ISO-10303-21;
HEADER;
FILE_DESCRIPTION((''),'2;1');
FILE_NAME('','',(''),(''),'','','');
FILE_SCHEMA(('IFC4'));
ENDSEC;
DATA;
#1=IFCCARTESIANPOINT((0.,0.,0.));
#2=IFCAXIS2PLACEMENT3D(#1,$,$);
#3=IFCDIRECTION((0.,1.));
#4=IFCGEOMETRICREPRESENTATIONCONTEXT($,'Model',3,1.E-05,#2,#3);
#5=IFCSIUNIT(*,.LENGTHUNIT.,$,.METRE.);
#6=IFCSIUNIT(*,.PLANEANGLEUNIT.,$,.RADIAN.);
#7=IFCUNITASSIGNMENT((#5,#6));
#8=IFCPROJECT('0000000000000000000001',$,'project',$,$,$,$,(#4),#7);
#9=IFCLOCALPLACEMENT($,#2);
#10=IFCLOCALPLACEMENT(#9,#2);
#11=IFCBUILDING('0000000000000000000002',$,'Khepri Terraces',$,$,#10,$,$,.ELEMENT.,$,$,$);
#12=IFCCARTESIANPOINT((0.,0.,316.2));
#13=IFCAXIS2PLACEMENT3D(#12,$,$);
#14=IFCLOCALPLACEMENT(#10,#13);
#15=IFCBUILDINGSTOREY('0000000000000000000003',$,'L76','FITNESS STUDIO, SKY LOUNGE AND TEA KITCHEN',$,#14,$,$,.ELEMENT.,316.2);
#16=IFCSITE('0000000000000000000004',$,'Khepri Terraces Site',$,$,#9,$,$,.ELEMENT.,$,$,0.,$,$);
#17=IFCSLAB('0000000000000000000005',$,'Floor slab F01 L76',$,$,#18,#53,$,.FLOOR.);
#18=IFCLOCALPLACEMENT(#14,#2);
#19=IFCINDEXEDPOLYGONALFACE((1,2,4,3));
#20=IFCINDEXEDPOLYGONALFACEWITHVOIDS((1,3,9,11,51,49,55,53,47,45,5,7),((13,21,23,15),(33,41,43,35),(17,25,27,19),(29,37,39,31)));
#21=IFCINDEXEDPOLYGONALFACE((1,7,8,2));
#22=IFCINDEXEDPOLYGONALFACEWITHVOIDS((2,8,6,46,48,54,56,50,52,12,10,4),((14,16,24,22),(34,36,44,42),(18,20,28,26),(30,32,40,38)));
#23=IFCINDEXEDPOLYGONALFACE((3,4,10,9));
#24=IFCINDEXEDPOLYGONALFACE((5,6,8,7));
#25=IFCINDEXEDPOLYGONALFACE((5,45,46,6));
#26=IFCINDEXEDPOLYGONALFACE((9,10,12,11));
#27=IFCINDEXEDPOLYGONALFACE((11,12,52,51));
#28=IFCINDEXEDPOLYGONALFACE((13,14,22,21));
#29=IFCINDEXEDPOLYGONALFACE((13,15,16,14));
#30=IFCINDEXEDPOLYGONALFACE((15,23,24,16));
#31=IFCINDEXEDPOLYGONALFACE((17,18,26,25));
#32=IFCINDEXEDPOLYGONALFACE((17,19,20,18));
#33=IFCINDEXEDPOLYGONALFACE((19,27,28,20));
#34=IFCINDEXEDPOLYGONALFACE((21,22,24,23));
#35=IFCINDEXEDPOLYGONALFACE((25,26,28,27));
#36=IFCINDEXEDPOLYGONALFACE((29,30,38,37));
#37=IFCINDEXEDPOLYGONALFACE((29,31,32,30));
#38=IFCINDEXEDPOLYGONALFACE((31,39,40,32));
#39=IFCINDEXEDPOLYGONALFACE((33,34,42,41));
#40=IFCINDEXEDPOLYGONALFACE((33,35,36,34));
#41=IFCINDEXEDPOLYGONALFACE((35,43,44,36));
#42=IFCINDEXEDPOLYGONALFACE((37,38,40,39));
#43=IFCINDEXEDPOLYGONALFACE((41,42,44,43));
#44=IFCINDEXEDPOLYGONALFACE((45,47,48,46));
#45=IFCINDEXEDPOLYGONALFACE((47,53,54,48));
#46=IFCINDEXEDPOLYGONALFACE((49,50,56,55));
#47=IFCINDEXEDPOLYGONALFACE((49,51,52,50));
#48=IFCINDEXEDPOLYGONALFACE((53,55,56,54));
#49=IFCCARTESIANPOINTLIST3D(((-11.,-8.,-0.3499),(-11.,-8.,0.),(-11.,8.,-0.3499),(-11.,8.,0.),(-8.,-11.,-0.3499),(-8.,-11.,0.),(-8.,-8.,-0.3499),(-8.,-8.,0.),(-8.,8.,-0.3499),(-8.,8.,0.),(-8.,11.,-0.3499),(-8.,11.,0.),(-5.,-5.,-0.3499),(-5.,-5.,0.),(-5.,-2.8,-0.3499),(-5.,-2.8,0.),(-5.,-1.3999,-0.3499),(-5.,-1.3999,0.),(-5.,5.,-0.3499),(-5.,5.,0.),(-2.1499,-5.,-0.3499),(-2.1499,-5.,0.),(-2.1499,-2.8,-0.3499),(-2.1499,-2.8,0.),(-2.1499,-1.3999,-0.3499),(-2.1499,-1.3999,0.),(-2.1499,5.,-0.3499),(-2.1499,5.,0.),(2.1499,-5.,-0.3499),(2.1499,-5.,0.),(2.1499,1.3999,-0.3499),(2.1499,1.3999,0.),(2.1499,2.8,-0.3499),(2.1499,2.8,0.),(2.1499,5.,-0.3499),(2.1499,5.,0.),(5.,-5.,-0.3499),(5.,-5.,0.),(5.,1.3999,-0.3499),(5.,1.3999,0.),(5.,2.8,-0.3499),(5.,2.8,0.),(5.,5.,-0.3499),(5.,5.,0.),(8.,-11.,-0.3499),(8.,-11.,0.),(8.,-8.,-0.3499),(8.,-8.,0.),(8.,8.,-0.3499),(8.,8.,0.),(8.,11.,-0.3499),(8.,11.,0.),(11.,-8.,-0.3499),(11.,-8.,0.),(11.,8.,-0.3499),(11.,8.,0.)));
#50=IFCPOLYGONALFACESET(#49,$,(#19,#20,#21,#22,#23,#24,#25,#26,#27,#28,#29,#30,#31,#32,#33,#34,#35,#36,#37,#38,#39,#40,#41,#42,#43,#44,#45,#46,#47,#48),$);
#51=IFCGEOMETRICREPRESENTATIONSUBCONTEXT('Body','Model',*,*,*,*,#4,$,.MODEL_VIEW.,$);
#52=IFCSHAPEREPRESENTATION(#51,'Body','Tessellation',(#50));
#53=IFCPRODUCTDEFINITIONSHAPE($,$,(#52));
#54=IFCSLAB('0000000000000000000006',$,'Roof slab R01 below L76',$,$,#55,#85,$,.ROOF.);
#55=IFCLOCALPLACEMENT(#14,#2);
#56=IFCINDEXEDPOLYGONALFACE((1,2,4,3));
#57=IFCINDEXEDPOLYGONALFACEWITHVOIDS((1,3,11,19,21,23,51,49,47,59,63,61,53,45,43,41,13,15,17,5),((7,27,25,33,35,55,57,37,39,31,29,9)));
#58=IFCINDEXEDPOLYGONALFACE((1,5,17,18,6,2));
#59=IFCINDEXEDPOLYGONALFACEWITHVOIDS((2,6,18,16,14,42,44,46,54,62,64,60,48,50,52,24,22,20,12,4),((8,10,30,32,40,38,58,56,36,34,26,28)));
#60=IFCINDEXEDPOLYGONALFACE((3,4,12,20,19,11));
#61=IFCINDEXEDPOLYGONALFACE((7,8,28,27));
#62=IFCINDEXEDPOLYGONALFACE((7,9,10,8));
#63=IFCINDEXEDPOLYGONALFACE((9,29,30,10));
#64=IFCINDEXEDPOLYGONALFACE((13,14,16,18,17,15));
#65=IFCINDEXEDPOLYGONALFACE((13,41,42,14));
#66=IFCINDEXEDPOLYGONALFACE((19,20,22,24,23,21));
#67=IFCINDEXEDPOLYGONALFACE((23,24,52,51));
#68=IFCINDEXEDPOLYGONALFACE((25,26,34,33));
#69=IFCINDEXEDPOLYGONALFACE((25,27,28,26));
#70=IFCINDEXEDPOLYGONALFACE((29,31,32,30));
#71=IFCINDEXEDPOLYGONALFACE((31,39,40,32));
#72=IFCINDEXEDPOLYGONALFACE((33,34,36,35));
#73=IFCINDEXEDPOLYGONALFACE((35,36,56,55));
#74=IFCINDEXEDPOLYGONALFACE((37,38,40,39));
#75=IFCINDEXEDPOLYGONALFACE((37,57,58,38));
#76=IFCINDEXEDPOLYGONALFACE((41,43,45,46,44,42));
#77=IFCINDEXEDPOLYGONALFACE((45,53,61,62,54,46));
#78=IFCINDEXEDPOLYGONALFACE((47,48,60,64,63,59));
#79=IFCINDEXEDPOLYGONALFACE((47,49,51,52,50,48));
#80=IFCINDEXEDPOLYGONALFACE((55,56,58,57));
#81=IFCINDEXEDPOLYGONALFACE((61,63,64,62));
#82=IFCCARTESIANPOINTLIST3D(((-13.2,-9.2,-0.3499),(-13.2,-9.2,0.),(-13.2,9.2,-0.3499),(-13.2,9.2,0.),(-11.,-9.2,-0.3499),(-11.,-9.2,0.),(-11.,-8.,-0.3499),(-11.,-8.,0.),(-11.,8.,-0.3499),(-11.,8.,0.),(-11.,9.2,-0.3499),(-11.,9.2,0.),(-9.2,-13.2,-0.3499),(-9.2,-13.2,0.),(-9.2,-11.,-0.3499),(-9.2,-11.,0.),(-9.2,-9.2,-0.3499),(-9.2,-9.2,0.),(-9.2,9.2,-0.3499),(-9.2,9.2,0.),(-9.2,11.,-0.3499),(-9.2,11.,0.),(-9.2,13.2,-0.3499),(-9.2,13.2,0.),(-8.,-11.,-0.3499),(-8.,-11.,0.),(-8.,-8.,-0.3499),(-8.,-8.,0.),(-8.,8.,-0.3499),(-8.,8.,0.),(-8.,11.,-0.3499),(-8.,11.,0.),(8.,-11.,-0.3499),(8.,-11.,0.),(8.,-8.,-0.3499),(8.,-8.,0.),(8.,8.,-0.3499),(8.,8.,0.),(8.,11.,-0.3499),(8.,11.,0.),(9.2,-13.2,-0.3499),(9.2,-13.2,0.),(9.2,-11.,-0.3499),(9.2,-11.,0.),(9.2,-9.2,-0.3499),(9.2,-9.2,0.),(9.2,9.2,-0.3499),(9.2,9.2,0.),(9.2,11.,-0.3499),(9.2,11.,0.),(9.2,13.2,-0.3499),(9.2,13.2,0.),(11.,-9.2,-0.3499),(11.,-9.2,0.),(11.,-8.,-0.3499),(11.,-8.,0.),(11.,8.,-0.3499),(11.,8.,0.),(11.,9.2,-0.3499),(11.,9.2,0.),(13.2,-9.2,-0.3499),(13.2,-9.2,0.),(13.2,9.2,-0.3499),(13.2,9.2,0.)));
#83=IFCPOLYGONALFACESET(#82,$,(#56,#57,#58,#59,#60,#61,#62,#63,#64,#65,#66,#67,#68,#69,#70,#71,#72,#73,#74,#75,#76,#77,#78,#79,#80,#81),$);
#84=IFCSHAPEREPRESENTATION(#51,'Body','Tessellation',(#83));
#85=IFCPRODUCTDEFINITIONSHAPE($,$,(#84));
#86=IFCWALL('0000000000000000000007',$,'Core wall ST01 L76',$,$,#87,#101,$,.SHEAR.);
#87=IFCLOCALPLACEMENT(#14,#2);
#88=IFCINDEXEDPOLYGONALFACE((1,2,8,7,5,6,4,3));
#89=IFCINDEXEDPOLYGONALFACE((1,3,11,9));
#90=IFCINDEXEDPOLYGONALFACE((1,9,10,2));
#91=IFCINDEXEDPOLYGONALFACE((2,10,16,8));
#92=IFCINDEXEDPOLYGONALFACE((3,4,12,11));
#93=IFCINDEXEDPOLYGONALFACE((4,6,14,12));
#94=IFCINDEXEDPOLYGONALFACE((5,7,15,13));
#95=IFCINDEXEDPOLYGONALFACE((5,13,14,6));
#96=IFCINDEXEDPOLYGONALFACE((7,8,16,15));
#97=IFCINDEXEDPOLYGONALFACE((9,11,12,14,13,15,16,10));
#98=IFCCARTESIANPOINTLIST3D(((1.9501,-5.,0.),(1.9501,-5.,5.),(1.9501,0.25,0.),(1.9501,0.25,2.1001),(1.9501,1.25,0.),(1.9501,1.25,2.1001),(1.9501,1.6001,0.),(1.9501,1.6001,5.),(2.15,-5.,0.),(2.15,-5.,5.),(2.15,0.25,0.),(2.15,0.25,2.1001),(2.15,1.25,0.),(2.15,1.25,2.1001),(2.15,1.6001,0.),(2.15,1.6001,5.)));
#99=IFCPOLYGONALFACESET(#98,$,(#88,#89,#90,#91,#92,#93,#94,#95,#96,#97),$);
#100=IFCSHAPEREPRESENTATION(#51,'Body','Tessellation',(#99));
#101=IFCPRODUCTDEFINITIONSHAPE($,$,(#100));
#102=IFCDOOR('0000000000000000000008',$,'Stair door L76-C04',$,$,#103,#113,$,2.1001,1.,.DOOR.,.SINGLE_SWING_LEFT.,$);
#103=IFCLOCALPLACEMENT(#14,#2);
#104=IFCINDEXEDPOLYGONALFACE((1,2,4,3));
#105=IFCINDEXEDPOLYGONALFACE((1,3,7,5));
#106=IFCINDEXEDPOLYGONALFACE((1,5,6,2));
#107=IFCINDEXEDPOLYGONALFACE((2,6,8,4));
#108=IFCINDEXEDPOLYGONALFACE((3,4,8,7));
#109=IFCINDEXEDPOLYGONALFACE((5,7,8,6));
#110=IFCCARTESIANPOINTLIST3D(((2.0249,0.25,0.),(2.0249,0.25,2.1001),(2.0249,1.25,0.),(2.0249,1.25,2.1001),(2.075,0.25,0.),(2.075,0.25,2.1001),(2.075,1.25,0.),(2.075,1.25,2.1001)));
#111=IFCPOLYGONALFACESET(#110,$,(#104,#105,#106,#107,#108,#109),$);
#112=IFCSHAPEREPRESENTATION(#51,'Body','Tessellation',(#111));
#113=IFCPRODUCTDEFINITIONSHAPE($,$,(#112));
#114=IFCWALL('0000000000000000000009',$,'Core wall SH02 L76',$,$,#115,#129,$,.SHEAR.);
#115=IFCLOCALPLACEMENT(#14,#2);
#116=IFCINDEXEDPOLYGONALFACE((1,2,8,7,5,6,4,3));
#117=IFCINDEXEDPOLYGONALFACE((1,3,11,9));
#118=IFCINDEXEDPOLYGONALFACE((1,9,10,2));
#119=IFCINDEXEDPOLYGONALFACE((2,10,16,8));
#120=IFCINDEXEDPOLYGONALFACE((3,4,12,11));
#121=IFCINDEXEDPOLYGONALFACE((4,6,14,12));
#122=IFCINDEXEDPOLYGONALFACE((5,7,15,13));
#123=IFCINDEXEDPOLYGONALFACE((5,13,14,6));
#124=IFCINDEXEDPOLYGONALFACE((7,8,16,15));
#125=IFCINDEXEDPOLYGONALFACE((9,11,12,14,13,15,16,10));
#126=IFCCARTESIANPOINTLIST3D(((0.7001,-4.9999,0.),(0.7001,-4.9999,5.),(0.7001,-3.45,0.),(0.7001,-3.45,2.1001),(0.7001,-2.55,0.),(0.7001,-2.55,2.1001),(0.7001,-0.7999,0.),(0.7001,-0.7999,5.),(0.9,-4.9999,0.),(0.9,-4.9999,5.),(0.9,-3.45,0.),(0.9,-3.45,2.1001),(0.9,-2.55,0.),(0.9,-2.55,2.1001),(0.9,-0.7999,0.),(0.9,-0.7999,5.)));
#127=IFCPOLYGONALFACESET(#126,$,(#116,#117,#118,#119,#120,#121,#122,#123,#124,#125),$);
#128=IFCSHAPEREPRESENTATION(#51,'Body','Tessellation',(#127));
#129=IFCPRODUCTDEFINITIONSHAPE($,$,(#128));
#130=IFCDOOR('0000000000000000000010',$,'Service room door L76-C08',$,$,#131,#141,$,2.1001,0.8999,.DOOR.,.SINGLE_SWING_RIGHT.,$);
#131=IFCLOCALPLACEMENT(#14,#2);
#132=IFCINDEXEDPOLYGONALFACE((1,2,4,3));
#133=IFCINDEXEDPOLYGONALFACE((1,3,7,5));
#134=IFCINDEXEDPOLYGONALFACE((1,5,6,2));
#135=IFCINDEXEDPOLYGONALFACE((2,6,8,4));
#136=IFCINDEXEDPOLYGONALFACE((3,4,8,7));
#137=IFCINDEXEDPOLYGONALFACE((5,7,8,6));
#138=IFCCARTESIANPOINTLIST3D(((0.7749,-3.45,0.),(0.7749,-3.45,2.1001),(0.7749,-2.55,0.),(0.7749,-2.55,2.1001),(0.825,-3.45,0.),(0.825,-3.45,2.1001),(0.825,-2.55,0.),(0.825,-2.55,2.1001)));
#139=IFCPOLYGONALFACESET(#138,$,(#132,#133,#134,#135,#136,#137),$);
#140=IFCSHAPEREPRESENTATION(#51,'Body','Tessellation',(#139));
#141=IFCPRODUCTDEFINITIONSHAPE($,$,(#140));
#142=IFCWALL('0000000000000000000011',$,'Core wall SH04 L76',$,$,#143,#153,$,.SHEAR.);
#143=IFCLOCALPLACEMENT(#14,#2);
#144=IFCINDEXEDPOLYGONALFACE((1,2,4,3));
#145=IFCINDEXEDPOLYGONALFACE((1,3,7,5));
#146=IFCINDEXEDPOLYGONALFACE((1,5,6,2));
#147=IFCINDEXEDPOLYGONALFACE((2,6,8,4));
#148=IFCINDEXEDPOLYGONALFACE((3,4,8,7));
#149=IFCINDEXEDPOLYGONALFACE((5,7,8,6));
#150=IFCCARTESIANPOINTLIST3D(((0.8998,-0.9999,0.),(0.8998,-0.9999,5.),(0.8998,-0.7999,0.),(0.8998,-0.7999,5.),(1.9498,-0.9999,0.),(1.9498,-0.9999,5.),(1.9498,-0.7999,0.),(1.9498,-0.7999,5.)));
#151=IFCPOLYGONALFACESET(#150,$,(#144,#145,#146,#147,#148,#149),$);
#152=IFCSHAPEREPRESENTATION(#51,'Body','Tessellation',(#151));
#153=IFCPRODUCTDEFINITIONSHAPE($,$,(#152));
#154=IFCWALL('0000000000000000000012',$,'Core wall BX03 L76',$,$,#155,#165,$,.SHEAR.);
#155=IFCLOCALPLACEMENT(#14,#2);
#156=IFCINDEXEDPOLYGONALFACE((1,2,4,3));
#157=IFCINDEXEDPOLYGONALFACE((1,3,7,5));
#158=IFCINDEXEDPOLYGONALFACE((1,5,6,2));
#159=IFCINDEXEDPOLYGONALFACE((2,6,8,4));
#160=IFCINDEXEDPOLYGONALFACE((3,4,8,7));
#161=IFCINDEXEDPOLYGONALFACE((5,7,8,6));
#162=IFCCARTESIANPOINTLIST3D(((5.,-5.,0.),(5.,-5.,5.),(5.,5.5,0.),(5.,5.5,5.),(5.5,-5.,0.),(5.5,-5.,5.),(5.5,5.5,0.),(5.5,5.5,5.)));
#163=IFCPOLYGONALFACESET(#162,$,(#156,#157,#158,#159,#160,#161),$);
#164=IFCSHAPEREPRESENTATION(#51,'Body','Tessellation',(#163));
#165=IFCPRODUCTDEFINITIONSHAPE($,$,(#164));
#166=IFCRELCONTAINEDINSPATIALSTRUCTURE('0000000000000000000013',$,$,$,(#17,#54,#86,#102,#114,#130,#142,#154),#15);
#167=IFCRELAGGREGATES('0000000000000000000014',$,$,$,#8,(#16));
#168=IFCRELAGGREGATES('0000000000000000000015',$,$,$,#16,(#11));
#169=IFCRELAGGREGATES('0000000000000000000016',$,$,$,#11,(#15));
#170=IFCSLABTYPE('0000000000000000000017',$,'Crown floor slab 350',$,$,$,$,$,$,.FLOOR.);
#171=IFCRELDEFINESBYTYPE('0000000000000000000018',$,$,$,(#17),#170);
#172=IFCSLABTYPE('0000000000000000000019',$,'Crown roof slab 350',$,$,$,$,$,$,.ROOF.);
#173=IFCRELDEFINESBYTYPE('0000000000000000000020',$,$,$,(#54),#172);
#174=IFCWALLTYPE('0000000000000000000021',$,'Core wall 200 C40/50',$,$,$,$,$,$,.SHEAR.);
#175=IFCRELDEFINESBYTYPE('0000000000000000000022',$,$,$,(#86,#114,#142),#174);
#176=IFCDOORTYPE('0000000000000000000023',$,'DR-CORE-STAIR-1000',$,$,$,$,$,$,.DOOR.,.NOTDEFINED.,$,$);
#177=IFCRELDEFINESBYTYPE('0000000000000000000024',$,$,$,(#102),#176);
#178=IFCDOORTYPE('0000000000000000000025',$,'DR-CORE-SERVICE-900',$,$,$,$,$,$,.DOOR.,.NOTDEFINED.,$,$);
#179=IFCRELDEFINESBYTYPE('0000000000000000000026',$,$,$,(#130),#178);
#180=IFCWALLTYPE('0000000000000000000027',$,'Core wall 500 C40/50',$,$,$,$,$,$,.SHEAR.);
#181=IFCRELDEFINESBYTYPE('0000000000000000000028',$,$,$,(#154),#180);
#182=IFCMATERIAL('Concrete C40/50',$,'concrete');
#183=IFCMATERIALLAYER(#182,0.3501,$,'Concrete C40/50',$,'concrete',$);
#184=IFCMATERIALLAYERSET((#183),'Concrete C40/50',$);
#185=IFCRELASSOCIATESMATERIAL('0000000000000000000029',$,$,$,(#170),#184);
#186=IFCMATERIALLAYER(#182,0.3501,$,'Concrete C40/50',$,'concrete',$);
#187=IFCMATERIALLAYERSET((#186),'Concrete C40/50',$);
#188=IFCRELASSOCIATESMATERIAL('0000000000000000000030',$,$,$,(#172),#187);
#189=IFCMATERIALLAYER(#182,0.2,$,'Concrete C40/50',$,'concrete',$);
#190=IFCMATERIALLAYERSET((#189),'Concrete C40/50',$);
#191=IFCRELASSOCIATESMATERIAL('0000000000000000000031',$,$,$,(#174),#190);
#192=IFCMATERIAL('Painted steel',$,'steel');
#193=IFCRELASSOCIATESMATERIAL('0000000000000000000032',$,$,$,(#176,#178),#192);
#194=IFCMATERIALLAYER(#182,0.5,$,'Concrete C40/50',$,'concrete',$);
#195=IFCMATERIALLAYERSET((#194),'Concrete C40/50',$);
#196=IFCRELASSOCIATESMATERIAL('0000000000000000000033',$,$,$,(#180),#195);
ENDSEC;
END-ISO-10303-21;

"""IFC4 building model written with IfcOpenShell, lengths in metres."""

from ifc_helpers import new_model, si_unit, direction, frame, frame_2d, origin, place, context, subcontext, project, spatial, polyline, rectangle, outline, extrude, material, layer, layer_set, type_object, element, fill, save


model = new_model("IFC4")

# Units and contexts
model_context = context("Model", 3, precision=1e-05, world=origin(), true_north=direction((0.0, 1.0)))
body_context = subcontext(model_context, "Body", "Model", "MODEL_VIEW")
ifc_project = project(units=[si_unit("LENGTHUNIT", "METRE"), si_unit("PLANEANGLEUNIT", "RADIAN")], contexts=[model_context])

# Site, building, storey
site_placement = place(None, origin())
site = spatial("IfcSite", under=ifc_project, at=site_placement, Name="Khepri Terraces Site", CompositionType="ELEMENT", RefElevation=0.0)
building_placement = place(site_placement, origin())
building = spatial("IfcBuilding", under=site, at=building_placement, Name="Khepri Terraces", CompositionType="ELEMENT")
storey_placement = place(building_placement, frame((0.0, 0.0, 316.2)))
storey = spatial("IfcBuildingStorey", under=building, at=storey_placement, Name="L76", Description="FITNESS STUDIO, SKY LOUNGE AND TEA KITCHEN", CompositionType="ELEMENT", Elevation=316.2)

# Shared definitions
ifc_material_1 = material(Name="Concrete C40/50", Category="concrete")

# Slabs
ifc_layer_1 = layer(ifc_material_1, 0.3501, Name="Concrete C40/50", Category="concrete")
ifc_layer_set_1 = layer_set([ifc_layer_1], Name="Concrete C40/50")
slab_type_1 = type_object("IfcSlabType", Name="Crown floor slab 350", PredefinedType="FLOOR", material=ifc_layer_set_1)
slab_1_placement = place(storey_placement, frame((0.0, 0.0, -0.3499)))
element("IfcSlab", 1, at=slab_1_placement, inside=storey, type_object=slab_type_1, Name="Floor slab F01 L76", PredefinedType="FLOOR", context=body_context, shape_type="SweptSolid", body=[
    extrude(outline(polyline([(-8.0, -8.0), (-11.0, -8.0), (-11.0, 8.0), (-8.0, 8.0), (-8.0, 11.0), (8.0, 11.0), (8.0, 8.0), (11.0, 8.0), (11.0, -8.0), (8.0, -8.0), (8.0, -11.0), (-8.0, -11.0), (-8.0, -8.0)]), holes=[polyline([(5.0, 2.8), (5.0, 5.0), (2.1499, 5.0), (2.1499, 2.8), (5.0, 2.8)]), polyline([(-5.0, -5.0), (-2.1499, -5.0), (-2.1499, -2.8), (-5.0, -2.8), (-5.0, -5.0)]), polyline([(-5.0, 5.0), (-5.0, -1.3999), (-2.1499, -1.3999), (-2.1499, 5.0), (-5.0, 5.0)]), polyline([(2.1499, -5.0), (5.0, -5.0), (5.0, 1.3999), (2.1499, 1.3999), (2.1499, -5.0)])]), origin(), (0.0, 0.0, 1.0), 0.3499),
])
ifc_layer_2 = layer(ifc_material_1, 0.3501, Name="Concrete C40/50", Category="concrete")
ifc_layer_set_2 = layer_set([ifc_layer_2], Name="Concrete C40/50")
slab_type_2 = type_object("IfcSlabType", Name="Crown roof slab 350", PredefinedType="ROOF", material=ifc_layer_set_2)
slab_2_placement = place(storey_placement, frame((0.0, 0.0, -0.3499)))
element("IfcSlab", 2, at=slab_2_placement, inside=storey, type_object=slab_type_2, Name="Roof slab R01 below L76", PredefinedType="ROOF", context=body_context, shape_type="SweptSolid", body=[
    extrude(outline(polyline([(-9.2, -9.2), (-11.0, -9.2), (-13.2, -9.2), (-13.2, 9.2), (-11.0, 9.2), (-9.2, 9.2), (-9.2, 11.0), (-9.2, 13.2), (9.2, 13.2), (9.2, 11.0), (9.2, 9.2), (11.0, 9.2), (13.2, 9.2), (13.2, -9.2), (11.0, -9.2), (9.2, -9.2), (9.2, -11.0), (9.2, -13.2), (-9.2, -13.2), (-9.2, -11.0), (-9.2, -9.2)]), holes=[polyline([(-11.0, -8.0), (-8.0, -8.0), (-8.0, -11.0), (8.0, -11.0), (8.0, -8.0), (11.0, -8.0), (11.0, 8.0), (8.0, 8.0), (8.0, 11.0), (-8.0, 11.0), (-8.0, 8.0), (-11.0, 8.0), (-11.0, -8.0)])]), origin(), (0.0, 0.0, 1.0), 0.3499),
])

# Walls, openings, doors
ifc_layer_3 = layer(ifc_material_1, 0.2, Name="Concrete C40/50", Category="concrete")
ifc_layer_set_3 = layer_set([ifc_layer_3], Name="Concrete C40/50")
wall_type_1 = type_object("IfcWallType", Name="Core wall 200 C40/50", PredefinedType="SHEAR", material=ifc_layer_set_3)
wall_1_placement = place(storey_placement, frame((2.05, -5.0, 0.0), z_axis=(0.0, 0.0, 1.0), x_axis=(0.0, 1.0, 0.0)))
wall_1 = element("IfcWall", 3, at=wall_1_placement, inside=storey, type_object=wall_type_1, Name="Core wall ST01 L76", PredefinedType="SHEAR", context=body_context, shape_type="SweptSolid", body=[
    extrude(rectangle(XDim=6.6001, YDim=0.2, at=frame_2d((3.3, 0.0))), origin(), (0.0, 0.0, 1.0), 5.0),
])
opening_1_placement = place(wall_1_placement, frame((5.25, 0.0, 0.0)))
opening_1 = element("IfcOpeningElement", 4, at=opening_1_placement, cuts=wall_1, PredefinedType="OPENING", context=body_context, shape_type="SweptSolid", body=[
    extrude(rectangle(XDim=1.0, YDim=2.1001, at=frame_2d((0.5, 1.05))), frame((0.0, 0.1099, 0.0), z_axis=(0.0, -1.0, 0.0), x_axis=(1.0, 0.0, 0.0)), (0.0, 0.0, 1.0), 0.22),
])
ifc_material_2 = material(Name="Painted steel", Category="steel")
door_type_1 = type_object("IfcDoorType", Name="DR-CORE-STAIR-1000", OperationType="NOTDEFINED", PredefinedType="DOOR", material=ifc_material_2)
door_1_placement = place(opening_1_placement, frame((1.0, 0.0, 0.0), z_axis=(0.0, 0.0, 1.0), x_axis=(-1.0, 0.0, 0.0)))
door_1 = element("IfcDoor", 5, at=door_1_placement, inside=storey, type_object=door_type_1, Name="Stair door L76-C04", OperationType="SINGLE_SWING_LEFT", OverallHeight=2.1001, OverallWidth=1.0, PredefinedType="DOOR", context=body_context, shape_type="SweptSolid", body=[
    extrude(rectangle(XDim=1.0, YDim=2.1001, at=frame_2d((0.5, 1.05))), frame((0.0, 0.0249, 0.0), z_axis=(0.0, -1.0, 0.0), x_axis=(1.0, 0.0, 0.0)), (0.0, 0.0, 1.0), 0.05),
])
fill(opening_1, door_1)
wall_2_placement = place(storey_placement, frame((0.8, -5.0, 0.0), z_axis=(0.0, 0.0, 1.0), x_axis=(0.0, 1.0, 0.0)))
wall_2 = element("IfcWall", 6, at=wall_2_placement, inside=storey, type_object=wall_type_1, Name="Core wall SH02 L76", PredefinedType="SHEAR", context=body_context, shape_type="SweptSolid", body=[
    extrude(rectangle(XDim=4.2, YDim=0.2, at=frame_2d((2.1001, 0.0))), origin(), (0.0, 0.0, 1.0), 5.0),
])
opening_2_placement = place(wall_2_placement, frame((1.55, 0.0, 0.0)))
opening_2 = element("IfcOpeningElement", 7, at=opening_2_placement, cuts=wall_2, PredefinedType="OPENING", context=body_context, shape_type="SweptSolid", body=[
    extrude(rectangle(XDim=0.8999, YDim=2.1001, at=frame_2d((0.45, 1.05))), frame((0.0, 0.1099, 0.0), z_axis=(0.0, -1.0, 0.0), x_axis=(1.0, 0.0, 0.0)), (0.0, 0.0, 1.0), 0.22),
])
door_type_2 = type_object("IfcDoorType", Name="DR-CORE-SERVICE-900", OperationType="NOTDEFINED", PredefinedType="DOOR", material=ifc_material_2)
door_2_placement = place(opening_2_placement, frame((0.8999, 0.0, 0.0), z_axis=(0.0, 0.0, 1.0), x_axis=(-1.0, 0.0, 0.0)))
door_2 = element("IfcDoor", 8, at=door_2_placement, inside=storey, type_object=door_type_2, Name="Service room door L76-C08", OperationType="SINGLE_SWING_RIGHT", OverallHeight=2.1001, OverallWidth=0.8999, PredefinedType="DOOR", context=body_context, shape_type="SweptSolid", body=[
    extrude(rectangle(XDim=0.8999, YDim=2.1001, at=frame_2d((0.45, 1.05))), frame((0.0, 0.0249, 0.0), z_axis=(0.0, -1.0, 0.0), x_axis=(1.0, 0.0, 0.0)), (0.0, 0.0, 1.0), 0.05),
])
fill(opening_2, door_2)

# Walls
wall_3_placement = place(storey_placement, frame((0.8999, -0.8999, 0.0), z_axis=(0.0, 0.0, 1.0), x_axis=(1.0, 0.0, 0.0)))
element("IfcWall", 9, at=wall_3_placement, inside=storey, type_object=wall_type_1, Name="Core wall SH04 L76", PredefinedType="SHEAR", context=body_context, shape_type="SweptSolid", body=[
    extrude(rectangle(XDim=1.05, YDim=0.2, at=frame_2d((0.5249, 0.0))), origin(), (0.0, 0.0, 1.0), 5.0),
])
ifc_layer_4 = layer(ifc_material_1, 0.5, Name="Concrete C40/50", Category="concrete")
ifc_layer_set_4 = layer_set([ifc_layer_4], Name="Concrete C40/50")
wall_type_2 = type_object("IfcWallType", Name="Core wall 500 C40/50", PredefinedType="SHEAR", material=ifc_layer_set_4)
wall_4_placement = place(storey_placement, frame((5.25, -5.0, 0.0), z_axis=(0.0, 0.0, 1.0), x_axis=(0.0, 1.0, 0.0)))
element("IfcWall", 10, at=wall_4_placement, inside=storey, type_object=wall_type_2, Name="Core wall BX03 L76", PredefinedType="SHEAR", context=body_context, shape_type="SweptSolid", body=[
    extrude(rectangle(XDim=10.5, YDim=0.5, at=frame_2d((5.25, 0.0))), origin(), (0.0, 0.0, 1.0), 5.0),
])

save(model, "model.ifc")
